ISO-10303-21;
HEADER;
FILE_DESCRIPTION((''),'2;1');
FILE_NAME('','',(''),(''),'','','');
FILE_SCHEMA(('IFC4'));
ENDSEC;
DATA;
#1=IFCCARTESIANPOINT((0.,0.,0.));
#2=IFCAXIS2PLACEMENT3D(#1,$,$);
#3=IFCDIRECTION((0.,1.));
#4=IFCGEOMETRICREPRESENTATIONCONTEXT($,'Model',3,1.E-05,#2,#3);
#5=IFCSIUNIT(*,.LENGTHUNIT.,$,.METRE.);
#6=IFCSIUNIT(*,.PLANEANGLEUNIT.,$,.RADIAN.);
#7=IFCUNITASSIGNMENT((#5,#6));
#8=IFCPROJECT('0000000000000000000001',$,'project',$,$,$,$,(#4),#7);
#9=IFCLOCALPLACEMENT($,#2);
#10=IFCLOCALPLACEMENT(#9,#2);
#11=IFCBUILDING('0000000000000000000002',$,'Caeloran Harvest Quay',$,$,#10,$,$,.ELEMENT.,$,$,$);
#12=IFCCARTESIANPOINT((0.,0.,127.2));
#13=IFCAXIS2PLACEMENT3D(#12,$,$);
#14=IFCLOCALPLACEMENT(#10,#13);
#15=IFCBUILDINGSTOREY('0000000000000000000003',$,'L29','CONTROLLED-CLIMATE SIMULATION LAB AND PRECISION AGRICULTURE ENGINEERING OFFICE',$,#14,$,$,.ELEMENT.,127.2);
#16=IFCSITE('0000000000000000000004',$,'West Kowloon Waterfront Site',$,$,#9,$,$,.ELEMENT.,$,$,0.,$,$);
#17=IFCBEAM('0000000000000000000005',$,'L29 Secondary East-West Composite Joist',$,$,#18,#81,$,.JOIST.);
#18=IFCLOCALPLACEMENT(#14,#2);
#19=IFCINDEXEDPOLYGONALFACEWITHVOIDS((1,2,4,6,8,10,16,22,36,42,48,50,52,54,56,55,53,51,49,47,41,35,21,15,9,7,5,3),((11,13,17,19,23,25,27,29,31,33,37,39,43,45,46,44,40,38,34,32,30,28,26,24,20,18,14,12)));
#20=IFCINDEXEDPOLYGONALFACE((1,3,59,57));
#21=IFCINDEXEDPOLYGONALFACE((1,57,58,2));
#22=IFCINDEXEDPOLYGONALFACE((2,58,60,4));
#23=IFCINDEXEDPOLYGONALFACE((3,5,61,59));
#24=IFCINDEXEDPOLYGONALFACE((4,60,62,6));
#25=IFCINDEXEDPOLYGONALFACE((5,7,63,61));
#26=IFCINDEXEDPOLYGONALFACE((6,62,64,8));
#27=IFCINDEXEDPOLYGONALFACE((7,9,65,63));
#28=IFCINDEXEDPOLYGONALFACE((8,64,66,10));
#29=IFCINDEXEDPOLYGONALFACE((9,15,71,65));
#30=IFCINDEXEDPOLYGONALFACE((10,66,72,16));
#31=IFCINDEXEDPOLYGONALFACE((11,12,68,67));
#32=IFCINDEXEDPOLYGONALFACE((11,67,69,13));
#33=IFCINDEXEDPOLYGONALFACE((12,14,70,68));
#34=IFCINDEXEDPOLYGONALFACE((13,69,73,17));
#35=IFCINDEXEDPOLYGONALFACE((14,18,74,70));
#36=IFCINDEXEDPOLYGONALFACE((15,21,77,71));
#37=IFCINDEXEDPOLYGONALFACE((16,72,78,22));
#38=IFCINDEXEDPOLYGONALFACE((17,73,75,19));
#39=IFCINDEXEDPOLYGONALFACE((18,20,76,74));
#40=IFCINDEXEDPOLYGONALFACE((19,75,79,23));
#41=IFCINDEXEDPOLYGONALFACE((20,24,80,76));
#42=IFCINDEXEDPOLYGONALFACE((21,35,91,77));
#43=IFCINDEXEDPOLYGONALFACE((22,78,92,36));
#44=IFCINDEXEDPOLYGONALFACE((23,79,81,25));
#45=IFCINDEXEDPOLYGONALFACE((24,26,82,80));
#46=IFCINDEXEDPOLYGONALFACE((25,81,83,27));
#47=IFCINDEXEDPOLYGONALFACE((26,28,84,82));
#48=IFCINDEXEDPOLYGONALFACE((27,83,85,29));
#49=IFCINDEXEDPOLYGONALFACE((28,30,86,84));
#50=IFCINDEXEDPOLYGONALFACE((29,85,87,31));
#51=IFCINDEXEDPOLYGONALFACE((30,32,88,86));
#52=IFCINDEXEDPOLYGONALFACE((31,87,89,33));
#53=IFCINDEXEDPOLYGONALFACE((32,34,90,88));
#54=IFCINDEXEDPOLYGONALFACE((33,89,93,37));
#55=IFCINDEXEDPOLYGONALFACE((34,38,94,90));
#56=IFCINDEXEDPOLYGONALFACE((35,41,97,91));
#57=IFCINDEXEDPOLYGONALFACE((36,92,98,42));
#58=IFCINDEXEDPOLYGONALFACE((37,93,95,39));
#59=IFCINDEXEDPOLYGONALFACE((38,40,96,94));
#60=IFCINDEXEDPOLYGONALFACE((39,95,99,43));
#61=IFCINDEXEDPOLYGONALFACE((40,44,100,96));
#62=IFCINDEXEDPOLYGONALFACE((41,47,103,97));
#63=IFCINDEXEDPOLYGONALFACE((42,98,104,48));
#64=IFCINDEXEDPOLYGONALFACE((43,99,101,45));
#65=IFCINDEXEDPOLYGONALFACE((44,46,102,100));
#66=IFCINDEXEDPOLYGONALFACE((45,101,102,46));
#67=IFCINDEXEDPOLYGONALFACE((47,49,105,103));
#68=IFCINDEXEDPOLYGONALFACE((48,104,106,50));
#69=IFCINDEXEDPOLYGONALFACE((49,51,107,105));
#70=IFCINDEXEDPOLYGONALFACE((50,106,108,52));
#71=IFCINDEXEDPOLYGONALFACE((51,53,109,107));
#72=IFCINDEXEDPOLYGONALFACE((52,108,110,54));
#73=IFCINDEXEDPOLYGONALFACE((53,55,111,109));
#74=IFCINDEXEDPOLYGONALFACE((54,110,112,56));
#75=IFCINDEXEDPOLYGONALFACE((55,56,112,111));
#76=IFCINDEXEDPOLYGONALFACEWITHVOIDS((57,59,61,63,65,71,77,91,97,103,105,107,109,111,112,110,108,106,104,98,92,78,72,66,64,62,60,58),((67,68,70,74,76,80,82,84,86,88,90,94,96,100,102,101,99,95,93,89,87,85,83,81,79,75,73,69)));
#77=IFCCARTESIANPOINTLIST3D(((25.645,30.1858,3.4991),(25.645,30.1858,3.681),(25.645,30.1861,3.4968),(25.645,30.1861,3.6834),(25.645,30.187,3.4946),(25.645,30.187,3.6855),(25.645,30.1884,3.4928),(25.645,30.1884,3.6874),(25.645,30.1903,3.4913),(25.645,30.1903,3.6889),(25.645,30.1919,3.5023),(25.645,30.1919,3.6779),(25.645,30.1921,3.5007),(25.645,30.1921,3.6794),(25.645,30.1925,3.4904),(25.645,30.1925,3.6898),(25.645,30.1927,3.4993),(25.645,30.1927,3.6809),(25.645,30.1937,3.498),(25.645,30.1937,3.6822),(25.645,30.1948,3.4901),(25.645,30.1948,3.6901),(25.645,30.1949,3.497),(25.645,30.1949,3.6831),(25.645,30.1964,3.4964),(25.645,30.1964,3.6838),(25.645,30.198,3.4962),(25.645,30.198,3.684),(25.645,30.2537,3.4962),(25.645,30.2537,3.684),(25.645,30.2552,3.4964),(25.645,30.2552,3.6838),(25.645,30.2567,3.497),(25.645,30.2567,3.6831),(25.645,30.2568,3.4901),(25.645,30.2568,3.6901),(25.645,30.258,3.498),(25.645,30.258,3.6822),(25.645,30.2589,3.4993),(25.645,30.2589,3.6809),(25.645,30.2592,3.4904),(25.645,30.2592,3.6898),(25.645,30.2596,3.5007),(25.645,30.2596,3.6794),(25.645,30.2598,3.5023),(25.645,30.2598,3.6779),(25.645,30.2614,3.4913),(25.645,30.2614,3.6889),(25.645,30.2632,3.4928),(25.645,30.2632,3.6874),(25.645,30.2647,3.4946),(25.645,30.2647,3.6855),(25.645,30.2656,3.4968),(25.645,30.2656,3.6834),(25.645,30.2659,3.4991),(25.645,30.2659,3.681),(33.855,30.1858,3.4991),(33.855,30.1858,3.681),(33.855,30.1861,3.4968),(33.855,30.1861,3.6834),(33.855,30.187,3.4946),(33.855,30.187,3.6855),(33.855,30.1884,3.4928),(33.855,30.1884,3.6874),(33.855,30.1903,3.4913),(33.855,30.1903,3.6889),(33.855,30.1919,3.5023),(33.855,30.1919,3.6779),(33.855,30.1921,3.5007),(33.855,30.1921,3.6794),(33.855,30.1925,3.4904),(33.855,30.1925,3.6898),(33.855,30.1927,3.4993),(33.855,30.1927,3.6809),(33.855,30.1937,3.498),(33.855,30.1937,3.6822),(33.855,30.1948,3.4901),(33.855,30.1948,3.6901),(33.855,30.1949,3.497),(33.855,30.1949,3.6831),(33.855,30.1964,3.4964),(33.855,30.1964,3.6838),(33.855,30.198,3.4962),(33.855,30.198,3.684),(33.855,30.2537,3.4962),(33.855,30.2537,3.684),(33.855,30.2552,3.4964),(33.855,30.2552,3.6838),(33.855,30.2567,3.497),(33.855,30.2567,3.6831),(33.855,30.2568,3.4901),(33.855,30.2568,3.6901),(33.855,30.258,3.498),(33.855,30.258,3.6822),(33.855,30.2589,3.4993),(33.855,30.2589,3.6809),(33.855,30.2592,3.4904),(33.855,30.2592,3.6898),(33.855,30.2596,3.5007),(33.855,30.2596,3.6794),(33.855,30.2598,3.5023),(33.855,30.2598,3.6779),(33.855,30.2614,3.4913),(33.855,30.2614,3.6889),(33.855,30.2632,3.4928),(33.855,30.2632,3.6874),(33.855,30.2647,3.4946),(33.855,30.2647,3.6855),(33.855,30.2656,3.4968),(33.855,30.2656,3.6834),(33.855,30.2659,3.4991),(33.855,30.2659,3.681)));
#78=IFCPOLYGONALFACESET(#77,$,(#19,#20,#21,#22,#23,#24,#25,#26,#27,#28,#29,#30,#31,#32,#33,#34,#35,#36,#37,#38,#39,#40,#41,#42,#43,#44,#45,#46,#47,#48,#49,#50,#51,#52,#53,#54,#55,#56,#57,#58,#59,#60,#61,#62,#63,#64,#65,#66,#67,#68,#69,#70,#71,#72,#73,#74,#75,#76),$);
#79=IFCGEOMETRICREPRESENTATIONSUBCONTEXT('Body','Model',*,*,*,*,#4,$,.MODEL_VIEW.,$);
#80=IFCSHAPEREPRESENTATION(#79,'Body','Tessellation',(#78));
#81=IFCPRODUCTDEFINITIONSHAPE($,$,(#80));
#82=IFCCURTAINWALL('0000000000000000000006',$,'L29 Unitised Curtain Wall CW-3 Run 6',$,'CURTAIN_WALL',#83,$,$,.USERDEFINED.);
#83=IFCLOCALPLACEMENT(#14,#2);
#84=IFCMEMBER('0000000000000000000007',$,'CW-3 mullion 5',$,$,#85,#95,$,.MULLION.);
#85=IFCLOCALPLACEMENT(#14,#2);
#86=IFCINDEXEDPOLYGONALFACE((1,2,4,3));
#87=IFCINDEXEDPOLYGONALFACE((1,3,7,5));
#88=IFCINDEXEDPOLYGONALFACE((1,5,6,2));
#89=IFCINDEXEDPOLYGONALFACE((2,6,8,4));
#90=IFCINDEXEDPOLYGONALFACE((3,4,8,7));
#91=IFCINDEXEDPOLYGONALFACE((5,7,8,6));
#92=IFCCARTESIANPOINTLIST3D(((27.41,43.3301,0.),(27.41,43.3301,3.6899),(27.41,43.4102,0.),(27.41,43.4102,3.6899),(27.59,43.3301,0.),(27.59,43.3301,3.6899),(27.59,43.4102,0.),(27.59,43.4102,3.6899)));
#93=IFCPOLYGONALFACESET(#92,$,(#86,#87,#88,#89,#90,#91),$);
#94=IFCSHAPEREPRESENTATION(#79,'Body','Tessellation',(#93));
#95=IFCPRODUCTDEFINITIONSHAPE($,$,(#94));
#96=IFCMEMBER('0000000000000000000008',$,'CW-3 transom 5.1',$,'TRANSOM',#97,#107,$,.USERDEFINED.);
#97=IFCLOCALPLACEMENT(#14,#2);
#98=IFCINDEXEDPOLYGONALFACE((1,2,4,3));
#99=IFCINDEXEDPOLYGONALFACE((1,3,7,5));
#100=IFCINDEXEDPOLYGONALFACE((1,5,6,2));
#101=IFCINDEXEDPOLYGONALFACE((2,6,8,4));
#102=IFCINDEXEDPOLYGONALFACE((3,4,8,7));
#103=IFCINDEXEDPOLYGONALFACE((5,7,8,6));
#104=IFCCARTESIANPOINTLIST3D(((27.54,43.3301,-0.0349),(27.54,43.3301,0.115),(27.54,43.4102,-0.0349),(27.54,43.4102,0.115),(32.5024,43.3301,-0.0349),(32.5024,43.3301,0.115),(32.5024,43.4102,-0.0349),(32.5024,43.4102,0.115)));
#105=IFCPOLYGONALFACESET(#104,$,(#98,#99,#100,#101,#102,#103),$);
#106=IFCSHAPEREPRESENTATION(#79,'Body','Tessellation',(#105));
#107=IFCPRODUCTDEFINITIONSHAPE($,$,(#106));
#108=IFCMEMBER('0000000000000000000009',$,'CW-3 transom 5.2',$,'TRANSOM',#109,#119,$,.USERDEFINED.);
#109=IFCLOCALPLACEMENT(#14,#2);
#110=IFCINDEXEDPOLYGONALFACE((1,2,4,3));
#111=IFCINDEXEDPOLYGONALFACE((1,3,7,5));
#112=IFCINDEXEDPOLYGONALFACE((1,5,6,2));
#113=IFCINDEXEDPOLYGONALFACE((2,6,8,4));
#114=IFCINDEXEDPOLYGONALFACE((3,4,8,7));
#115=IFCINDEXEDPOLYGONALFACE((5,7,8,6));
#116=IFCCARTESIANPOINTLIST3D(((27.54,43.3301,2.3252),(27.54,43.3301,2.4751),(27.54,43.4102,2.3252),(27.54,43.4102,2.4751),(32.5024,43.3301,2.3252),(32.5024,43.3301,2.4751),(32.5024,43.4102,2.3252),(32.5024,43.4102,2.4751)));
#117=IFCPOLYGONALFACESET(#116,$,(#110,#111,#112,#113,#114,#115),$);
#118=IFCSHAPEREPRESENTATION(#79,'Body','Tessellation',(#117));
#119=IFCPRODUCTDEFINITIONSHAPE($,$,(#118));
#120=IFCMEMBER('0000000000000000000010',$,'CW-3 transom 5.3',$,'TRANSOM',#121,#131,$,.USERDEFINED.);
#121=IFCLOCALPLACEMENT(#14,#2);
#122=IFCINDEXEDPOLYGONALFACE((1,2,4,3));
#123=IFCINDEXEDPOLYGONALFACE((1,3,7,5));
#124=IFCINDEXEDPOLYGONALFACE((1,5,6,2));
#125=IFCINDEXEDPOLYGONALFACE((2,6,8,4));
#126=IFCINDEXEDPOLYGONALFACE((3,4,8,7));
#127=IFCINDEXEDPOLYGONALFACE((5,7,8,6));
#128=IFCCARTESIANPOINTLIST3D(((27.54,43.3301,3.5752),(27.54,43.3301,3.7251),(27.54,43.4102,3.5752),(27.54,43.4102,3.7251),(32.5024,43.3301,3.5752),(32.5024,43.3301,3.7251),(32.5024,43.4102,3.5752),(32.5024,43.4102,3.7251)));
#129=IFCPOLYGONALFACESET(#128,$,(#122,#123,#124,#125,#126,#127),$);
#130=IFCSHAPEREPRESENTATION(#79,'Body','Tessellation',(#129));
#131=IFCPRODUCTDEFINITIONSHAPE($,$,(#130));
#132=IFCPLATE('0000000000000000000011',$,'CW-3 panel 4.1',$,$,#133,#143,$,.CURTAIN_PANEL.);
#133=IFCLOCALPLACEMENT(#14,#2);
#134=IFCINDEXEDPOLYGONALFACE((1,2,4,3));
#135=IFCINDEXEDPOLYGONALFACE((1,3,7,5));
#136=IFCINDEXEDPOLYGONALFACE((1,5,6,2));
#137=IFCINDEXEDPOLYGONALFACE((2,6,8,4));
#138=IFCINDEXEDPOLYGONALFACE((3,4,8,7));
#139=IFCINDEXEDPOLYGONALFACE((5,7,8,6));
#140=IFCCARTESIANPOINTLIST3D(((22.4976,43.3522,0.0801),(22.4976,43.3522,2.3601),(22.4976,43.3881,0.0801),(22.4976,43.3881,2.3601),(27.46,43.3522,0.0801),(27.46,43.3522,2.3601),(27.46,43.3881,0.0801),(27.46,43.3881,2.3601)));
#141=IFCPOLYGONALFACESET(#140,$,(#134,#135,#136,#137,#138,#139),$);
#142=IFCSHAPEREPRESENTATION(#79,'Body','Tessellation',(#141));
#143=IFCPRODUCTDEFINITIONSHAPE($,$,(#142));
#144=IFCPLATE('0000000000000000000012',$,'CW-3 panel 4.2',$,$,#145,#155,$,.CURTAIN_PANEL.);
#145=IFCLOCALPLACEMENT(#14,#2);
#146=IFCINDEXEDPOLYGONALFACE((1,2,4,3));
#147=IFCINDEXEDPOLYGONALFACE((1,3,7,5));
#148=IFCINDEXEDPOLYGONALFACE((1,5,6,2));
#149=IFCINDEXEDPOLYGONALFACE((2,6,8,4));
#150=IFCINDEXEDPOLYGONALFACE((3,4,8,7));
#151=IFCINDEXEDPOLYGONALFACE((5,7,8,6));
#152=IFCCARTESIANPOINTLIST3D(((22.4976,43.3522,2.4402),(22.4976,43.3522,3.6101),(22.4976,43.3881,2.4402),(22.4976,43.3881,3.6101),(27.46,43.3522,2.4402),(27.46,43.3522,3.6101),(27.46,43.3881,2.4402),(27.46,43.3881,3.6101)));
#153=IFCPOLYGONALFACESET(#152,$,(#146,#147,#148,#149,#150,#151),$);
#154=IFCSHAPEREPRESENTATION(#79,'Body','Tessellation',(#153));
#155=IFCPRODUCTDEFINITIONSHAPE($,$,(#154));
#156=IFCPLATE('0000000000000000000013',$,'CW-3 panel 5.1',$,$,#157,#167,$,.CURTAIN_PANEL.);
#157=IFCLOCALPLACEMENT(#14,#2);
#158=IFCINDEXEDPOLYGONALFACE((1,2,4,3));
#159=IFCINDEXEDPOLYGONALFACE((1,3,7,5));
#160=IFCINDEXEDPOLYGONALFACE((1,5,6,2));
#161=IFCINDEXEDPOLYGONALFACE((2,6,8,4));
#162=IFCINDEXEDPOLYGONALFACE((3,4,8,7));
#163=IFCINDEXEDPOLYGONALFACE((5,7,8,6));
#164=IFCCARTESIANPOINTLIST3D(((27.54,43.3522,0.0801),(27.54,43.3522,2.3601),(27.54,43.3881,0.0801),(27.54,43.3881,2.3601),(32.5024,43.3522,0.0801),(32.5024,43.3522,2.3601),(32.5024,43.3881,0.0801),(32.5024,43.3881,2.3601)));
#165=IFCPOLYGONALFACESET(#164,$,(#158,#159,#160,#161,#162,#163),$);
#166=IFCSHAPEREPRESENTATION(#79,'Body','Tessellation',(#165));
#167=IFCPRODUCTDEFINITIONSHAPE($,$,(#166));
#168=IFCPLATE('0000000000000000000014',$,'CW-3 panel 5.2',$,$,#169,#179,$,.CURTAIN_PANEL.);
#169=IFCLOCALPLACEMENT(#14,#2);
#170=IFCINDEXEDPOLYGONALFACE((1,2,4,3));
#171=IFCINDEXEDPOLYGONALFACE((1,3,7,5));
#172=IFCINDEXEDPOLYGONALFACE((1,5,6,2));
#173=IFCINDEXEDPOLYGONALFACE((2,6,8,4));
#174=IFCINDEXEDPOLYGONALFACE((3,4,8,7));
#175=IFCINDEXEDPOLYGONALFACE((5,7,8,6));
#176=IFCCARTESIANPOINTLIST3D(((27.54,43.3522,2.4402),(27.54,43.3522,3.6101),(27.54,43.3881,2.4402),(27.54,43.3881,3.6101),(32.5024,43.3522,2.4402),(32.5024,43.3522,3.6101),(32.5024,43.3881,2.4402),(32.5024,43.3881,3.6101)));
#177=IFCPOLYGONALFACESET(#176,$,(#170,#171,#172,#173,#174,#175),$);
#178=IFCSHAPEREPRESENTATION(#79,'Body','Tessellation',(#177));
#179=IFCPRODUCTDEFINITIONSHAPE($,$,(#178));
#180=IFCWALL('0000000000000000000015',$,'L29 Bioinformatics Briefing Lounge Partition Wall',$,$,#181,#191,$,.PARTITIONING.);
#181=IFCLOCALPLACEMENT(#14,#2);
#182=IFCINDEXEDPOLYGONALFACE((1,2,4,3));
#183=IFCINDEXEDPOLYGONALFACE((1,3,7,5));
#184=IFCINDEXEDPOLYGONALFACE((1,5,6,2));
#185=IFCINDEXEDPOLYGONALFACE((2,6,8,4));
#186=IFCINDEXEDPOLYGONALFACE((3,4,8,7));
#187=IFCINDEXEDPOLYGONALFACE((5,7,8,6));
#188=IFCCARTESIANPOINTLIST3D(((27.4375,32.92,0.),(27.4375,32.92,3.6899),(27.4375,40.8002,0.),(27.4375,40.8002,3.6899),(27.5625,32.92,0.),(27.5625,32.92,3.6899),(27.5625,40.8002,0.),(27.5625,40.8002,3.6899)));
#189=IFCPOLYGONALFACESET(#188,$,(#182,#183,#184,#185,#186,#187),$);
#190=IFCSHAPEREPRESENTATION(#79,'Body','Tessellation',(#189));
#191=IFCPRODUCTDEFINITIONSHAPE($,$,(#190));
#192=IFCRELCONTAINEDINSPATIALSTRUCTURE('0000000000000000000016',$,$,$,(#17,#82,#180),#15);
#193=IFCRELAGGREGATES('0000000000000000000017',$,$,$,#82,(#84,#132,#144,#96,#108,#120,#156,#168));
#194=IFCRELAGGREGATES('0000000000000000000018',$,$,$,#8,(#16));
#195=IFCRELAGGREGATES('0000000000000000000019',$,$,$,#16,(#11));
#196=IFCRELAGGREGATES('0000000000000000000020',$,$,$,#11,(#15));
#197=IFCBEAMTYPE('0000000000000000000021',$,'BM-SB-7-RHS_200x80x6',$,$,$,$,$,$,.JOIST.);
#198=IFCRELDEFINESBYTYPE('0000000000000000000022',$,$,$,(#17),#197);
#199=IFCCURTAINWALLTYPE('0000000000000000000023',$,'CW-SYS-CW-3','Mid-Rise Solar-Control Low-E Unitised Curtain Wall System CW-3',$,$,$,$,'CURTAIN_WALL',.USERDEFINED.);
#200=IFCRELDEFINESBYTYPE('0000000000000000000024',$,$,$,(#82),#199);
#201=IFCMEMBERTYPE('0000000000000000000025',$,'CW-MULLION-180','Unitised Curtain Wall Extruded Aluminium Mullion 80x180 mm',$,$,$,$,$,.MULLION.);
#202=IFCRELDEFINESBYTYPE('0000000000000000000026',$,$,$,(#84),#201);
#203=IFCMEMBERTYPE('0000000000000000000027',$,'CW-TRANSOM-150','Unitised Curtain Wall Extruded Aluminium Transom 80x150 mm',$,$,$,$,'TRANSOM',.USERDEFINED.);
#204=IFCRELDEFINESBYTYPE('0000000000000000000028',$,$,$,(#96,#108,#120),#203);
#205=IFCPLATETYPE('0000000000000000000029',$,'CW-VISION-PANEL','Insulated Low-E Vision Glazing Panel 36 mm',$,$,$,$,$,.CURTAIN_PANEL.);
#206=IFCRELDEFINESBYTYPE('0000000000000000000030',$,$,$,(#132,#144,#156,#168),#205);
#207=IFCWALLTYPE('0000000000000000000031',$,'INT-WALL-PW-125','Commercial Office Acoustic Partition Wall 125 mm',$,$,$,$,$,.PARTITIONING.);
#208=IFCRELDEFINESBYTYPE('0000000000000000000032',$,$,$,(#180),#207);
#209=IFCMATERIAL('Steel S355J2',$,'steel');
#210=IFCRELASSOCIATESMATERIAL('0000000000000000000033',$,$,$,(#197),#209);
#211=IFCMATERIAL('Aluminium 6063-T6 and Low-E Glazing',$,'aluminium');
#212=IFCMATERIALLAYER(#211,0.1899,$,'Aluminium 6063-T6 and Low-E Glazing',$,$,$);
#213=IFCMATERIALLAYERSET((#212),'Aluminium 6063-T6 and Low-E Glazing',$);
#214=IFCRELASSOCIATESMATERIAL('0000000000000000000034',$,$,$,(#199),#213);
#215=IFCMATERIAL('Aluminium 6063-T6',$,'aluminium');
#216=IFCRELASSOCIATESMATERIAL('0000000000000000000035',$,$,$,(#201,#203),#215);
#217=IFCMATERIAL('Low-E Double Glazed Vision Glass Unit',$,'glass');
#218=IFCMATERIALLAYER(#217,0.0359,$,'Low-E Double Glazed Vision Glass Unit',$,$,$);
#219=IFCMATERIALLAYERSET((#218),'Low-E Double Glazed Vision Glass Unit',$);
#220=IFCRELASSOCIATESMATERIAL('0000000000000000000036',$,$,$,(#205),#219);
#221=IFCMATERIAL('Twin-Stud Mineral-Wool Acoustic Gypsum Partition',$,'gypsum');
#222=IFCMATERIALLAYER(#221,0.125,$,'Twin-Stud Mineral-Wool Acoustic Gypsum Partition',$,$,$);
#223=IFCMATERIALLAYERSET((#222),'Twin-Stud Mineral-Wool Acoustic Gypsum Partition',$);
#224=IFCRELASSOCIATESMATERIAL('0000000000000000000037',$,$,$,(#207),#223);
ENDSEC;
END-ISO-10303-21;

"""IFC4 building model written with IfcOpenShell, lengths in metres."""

from ifc_helpers import new_model, si_unit, direction, frame, frame_2d, origin, origin_2d, place, context, subcontext, project, spatial, rectangle, hollow_rectangle, extrude, material, layer, layer_set, material_profile, profile_set, type_object, element, aggregate, save


model = new_model("IFC4")

# Units and contexts
model_context = context("Model", 3, precision=1e-05, world=origin(), true_north=direction((0.0, 1.0)))
body_context = subcontext(model_context, "Body", "Model", "MODEL_VIEW")
ifc_project = project(units=[si_unit("LENGTHUNIT", "METRE"), si_unit("PLANEANGLEUNIT", "RADIAN")], contexts=[model_context])

# Site, building, storey
site_placement = place(None, origin())
site = spatial("IfcSite", under=ifc_project, at=site_placement, Name="West Kowloon Waterfront Site", CompositionType="ELEMENT", RefElevation=0.0)
building_placement = place(site_placement, origin())
building = spatial("IfcBuilding", under=site, at=building_placement, Name="Caeloran Harvest Quay", CompositionType="ELEMENT")
storey_placement = place(building_placement, frame((0.0, 0.0, 127.2)))
storey = spatial("IfcBuildingStorey", under=building, at=storey_placement, Name="L29", Description="CONTROLLED-CLIMATE SIMULATION LAB AND PRECISION AGRICULTURE ENGINEERING OFFICE", CompositionType="ELEMENT", Elevation=127.2)

# Beam
ifc_material_1 = material(Name="Steel S355J2", Category="steel")
ifc_material_profile_1 = material_profile(ifc_material_1, hollow_rectangle(XDim=0.0801, YDim=0.2, WallThickness=0.0061, InnerFilletRadius=0.0061, OuterFilletRadius=0.009, at=origin_2d()), Name="RHS 200x80x6")
ifc_profile_set_1 = profile_set([ifc_material_profile_1], Name="Steel S355J2")
beam_type_1 = type_object("IfcBeamType", Name="BM-SB-7-RHS_200x80x6", PredefinedType="JOIST", material=ifc_profile_set_1)
beam_1_placement = place(storey_placement, frame((25.645, 30.2258, 3.5901), z_axis=(1.0, 0.0, 0.0), x_axis=(0.0, 1.0, 0.0)))
element("IfcBeam", 1, at=beam_1_placement, inside=storey, type_object=beam_type_1, Name="L29 Secondary East-West Composite Joist", PredefinedType="JOIST", context=body_context, shape_type="SweptSolid", body=[
    extrude(hollow_rectangle(XDim=0.0801, YDim=0.2, WallThickness=0.0061, InnerFilletRadius=0.0061, OuterFilletRadius=0.009, at=origin_2d()), origin(), (0.0, 0.0, 1.0), 8.21),
])

# Curtain wall, members, plates
ifc_material_2 = material(Name="Aluminium 6063-T6 and Low-E Glazing", Category="aluminium")
ifc_layer_1 = layer(ifc_material_2, 0.1899, Name="Aluminium 6063-T6 and Low-E Glazing")
ifc_layer_set_1 = layer_set([ifc_layer_1], Name="Aluminium 6063-T6 and Low-E Glazing")
curtain_wall_type = type_object("IfcCurtainWallType", Name="CW-SYS-CW-3", Description="Mid-Rise Solar-Control Low-E Unitised Curtain Wall System CW-3", ElementType="CURTAIN_WALL", PredefinedType="USERDEFINED", material=ifc_layer_set_1)
curtain_wall_placement = place(storey_placement, origin())
curtain_wall = element("IfcCurtainWall", 2, at=curtain_wall_placement, inside=storey, type_object=curtain_wall_type, Name="L29 Unitised Curtain Wall CW-3 Run 6", ObjectType="CURTAIN_WALL", PredefinedType="USERDEFINED")
ifc_material_3 = material(Name="Aluminium 6063-T6", Category="aluminium")
ifc_material_profile_2 = material_profile(ifc_material_3, rectangle(XDim=0.0801, YDim=0.1799, at=origin_2d()), Name="CW-MULLION-180")
ifc_profile_set_2 = profile_set([ifc_material_profile_2], Name="Aluminium 6063-T6")
member_type_1 = type_object("IfcMemberType", Name="CW-MULLION-180", Description="Unitised Curtain Wall Extruded Aluminium Mullion 80x180 mm", PredefinedType="MULLION", material=ifc_profile_set_2)
member_1_placement = place(storey_placement, frame((27.5, 43.3701, 0.0), z_axis=(0.0, 0.0, 1.0), x_axis=(0.0, 1.0, 0.0)))
member_1 = element("IfcMember", 3, at=member_1_placement, type_object=member_type_1, Name="CW-3 mullion 5", PredefinedType="MULLION", context=body_context, shape_type="SweptSolid", body=[
    extrude(rectangle(XDim=0.0801, YDim=0.1799, at=origin_2d()), origin(), (0.0, 0.0, 1.0), 3.6899),
])
ifc_material_profile_3 = material_profile(ifc_material_3, rectangle(XDim=0.0801, YDim=0.1499, at=origin_2d()), Name="CW-TRANSOM-150")
ifc_profile_set_3 = profile_set([ifc_material_profile_3], Name="Aluminium 6063-T6")
member_type_2 = type_object("IfcMemberType", Name="CW-TRANSOM-150", Description="Unitised Curtain Wall Extruded Aluminium Transom 80x150 mm", ElementType="TRANSOM", PredefinedType="USERDEFINED", material=ifc_profile_set_3)
member_2_placement = place(storey_placement, frame((27.54, 43.3701, 0.04), z_axis=(1.0, 0.0, 0.0), x_axis=(0.0, 1.0, 0.0)))
member_2 = element("IfcMember", 4, at=member_2_placement, type_object=member_type_2, Name="CW-3 transom 5.1", ObjectType="TRANSOM", PredefinedType="USERDEFINED", context=body_context, shape_type="SweptSolid", body=[
    extrude(rectangle(XDim=0.0801, YDim=0.1499, at=origin_2d()), origin(), (0.0, 0.0, 1.0), 4.9624),
])
member_3_placement = place(storey_placement, frame((27.54, 43.3701, 2.4001), z_axis=(1.0, 0.0, 0.0), x_axis=(0.0, 1.0, 0.0)))
member_3 = element("IfcMember", 5, at=member_3_placement, type_object=member_type_2, Name="CW-3 transom 5.2", ObjectType="TRANSOM", PredefinedType="USERDEFINED", context=body_context, shape_type="SweptSolid", body=[
    extrude(rectangle(XDim=0.0801, YDim=0.1499, at=origin_2d()), origin(), (0.0, 0.0, 1.0), 4.9624),
])
member_4_placement = place(storey_placement, frame((27.54, 43.3701, 3.6501), z_axis=(1.0, 0.0, 0.0), x_axis=(0.0, 1.0, 0.0)))
member_4 = element("IfcMember", 6, at=member_4_placement, type_object=member_type_2, Name="CW-3 transom 5.3", ObjectType="TRANSOM", PredefinedType="USERDEFINED", context=body_context, shape_type="SweptSolid", body=[
    extrude(rectangle(XDim=0.0801, YDim=0.1499, at=origin_2d()), origin(), (0.0, 0.0, 1.0), 4.9624),
])
ifc_material_4 = material(Name="Low-E Double Glazed Vision Glass Unit", Category="glass")
ifc_layer_2 = layer(ifc_material_4, 0.0359, Name="Low-E Double Glazed Vision Glass Unit")
ifc_layer_set_2 = layer_set([ifc_layer_2], Name="Low-E Double Glazed Vision Glass Unit")
plate_type = type_object("IfcPlateType", Name="CW-VISION-PANEL", Description="Insulated Low-E Vision Glazing Panel 36 mm", PredefinedType="CURTAIN_PANEL", material=ifc_layer_set_2)
plate_1_placement = place(storey_placement, frame((24.9788, 43.3701, 0.0801), z_axis=(0.0, 0.0, 1.0), x_axis=(1.0, 0.0, 0.0)))
plate_1 = element("IfcPlate", 7, at=plate_1_placement, type_object=plate_type, Name="CW-3 panel 4.1", PredefinedType="CURTAIN_PANEL", context=body_context, shape_type="SweptSolid", body=[
    extrude(rectangle(XDim=4.9624, YDim=0.0359, at=origin_2d()), origin(), (0.0, 0.0, 1.0), 2.28),
])
plate_2_placement = place(storey_placement, frame((24.9788, 43.3701, 2.4402), z_axis=(0.0, 0.0, 1.0), x_axis=(1.0, 0.0, 0.0)))
plate_2 = element("IfcPlate", 8, at=plate_2_placement, type_object=plate_type, Name="CW-3 panel 4.2", PredefinedType="CURTAIN_PANEL", context=body_context, shape_type="SweptSolid", body=[
    extrude(rectangle(XDim=4.9624, YDim=0.0359, at=origin_2d()), origin(), (0.0, 0.0, 1.0), 1.1699),
])
plate_3_placement = place(storey_placement, frame((30.0212, 43.3701, 0.0801), z_axis=(0.0, 0.0, 1.0), x_axis=(1.0, 0.0, 0.0)))
plate_3 = element("IfcPlate", 9, at=plate_3_placement, type_object=plate_type, Name="CW-3 panel 5.1", PredefinedType="CURTAIN_PANEL", context=body_context, shape_type="SweptSolid", body=[
    extrude(rectangle(XDim=4.9624, YDim=0.0359, at=origin_2d()), origin(), (0.0, 0.0, 1.0), 2.28),
])
plate_4_placement = place(storey_placement, frame((30.0212, 43.3701, 2.4402), z_axis=(0.0, 0.0, 1.0), x_axis=(1.0, 0.0, 0.0)))
plate_4 = element("IfcPlate", 10, at=plate_4_placement, type_object=plate_type, Name="CW-3 panel 5.2", PredefinedType="CURTAIN_PANEL", context=body_context, shape_type="SweptSolid", body=[
    extrude(rectangle(XDim=4.9624, YDim=0.0359, at=origin_2d()), origin(), (0.0, 0.0, 1.0), 1.1699),
])
aggregate(curtain_wall, [member_1, plate_1, plate_2, member_2, member_3, member_4, plate_3, plate_4])

# Wall
ifc_material_5 = material(Name="Twin-Stud Mineral-Wool Acoustic Gypsum Partition", Category="gypsum")
ifc_layer_3 = layer(ifc_material_5, 0.125, Name="Twin-Stud Mineral-Wool Acoustic Gypsum Partition")
ifc_layer_set_3 = layer_set([ifc_layer_3], Name="Twin-Stud Mineral-Wool Acoustic Gypsum Partition")
wall_type_1 = type_object("IfcWallType", Name="INT-WALL-PW-125", Description="Commercial Office Acoustic Partition Wall 125 mm", PredefinedType="PARTITIONING", material=ifc_layer_set_3)
wall_1_placement = place(storey_placement, frame((27.5, 40.8, 0.0), z_axis=(0.0, 0.0, 1.0), x_axis=(0.0, -1.0, 0.0)))
element("IfcWall", 11, at=wall_1_placement, inside=storey, type_object=wall_type_1, Name="L29 Bioinformatics Briefing Lounge Partition Wall", PredefinedType="PARTITIONING", context=body_context, shape_type="SweptSolid", body=[
    extrude(rectangle(XDim=7.8801, YDim=0.125, at=frame_2d((3.9399, 0.0))), origin(), (0.0, 0.0, 1.0), 3.6899),
])

save(model, "model.ifc")
